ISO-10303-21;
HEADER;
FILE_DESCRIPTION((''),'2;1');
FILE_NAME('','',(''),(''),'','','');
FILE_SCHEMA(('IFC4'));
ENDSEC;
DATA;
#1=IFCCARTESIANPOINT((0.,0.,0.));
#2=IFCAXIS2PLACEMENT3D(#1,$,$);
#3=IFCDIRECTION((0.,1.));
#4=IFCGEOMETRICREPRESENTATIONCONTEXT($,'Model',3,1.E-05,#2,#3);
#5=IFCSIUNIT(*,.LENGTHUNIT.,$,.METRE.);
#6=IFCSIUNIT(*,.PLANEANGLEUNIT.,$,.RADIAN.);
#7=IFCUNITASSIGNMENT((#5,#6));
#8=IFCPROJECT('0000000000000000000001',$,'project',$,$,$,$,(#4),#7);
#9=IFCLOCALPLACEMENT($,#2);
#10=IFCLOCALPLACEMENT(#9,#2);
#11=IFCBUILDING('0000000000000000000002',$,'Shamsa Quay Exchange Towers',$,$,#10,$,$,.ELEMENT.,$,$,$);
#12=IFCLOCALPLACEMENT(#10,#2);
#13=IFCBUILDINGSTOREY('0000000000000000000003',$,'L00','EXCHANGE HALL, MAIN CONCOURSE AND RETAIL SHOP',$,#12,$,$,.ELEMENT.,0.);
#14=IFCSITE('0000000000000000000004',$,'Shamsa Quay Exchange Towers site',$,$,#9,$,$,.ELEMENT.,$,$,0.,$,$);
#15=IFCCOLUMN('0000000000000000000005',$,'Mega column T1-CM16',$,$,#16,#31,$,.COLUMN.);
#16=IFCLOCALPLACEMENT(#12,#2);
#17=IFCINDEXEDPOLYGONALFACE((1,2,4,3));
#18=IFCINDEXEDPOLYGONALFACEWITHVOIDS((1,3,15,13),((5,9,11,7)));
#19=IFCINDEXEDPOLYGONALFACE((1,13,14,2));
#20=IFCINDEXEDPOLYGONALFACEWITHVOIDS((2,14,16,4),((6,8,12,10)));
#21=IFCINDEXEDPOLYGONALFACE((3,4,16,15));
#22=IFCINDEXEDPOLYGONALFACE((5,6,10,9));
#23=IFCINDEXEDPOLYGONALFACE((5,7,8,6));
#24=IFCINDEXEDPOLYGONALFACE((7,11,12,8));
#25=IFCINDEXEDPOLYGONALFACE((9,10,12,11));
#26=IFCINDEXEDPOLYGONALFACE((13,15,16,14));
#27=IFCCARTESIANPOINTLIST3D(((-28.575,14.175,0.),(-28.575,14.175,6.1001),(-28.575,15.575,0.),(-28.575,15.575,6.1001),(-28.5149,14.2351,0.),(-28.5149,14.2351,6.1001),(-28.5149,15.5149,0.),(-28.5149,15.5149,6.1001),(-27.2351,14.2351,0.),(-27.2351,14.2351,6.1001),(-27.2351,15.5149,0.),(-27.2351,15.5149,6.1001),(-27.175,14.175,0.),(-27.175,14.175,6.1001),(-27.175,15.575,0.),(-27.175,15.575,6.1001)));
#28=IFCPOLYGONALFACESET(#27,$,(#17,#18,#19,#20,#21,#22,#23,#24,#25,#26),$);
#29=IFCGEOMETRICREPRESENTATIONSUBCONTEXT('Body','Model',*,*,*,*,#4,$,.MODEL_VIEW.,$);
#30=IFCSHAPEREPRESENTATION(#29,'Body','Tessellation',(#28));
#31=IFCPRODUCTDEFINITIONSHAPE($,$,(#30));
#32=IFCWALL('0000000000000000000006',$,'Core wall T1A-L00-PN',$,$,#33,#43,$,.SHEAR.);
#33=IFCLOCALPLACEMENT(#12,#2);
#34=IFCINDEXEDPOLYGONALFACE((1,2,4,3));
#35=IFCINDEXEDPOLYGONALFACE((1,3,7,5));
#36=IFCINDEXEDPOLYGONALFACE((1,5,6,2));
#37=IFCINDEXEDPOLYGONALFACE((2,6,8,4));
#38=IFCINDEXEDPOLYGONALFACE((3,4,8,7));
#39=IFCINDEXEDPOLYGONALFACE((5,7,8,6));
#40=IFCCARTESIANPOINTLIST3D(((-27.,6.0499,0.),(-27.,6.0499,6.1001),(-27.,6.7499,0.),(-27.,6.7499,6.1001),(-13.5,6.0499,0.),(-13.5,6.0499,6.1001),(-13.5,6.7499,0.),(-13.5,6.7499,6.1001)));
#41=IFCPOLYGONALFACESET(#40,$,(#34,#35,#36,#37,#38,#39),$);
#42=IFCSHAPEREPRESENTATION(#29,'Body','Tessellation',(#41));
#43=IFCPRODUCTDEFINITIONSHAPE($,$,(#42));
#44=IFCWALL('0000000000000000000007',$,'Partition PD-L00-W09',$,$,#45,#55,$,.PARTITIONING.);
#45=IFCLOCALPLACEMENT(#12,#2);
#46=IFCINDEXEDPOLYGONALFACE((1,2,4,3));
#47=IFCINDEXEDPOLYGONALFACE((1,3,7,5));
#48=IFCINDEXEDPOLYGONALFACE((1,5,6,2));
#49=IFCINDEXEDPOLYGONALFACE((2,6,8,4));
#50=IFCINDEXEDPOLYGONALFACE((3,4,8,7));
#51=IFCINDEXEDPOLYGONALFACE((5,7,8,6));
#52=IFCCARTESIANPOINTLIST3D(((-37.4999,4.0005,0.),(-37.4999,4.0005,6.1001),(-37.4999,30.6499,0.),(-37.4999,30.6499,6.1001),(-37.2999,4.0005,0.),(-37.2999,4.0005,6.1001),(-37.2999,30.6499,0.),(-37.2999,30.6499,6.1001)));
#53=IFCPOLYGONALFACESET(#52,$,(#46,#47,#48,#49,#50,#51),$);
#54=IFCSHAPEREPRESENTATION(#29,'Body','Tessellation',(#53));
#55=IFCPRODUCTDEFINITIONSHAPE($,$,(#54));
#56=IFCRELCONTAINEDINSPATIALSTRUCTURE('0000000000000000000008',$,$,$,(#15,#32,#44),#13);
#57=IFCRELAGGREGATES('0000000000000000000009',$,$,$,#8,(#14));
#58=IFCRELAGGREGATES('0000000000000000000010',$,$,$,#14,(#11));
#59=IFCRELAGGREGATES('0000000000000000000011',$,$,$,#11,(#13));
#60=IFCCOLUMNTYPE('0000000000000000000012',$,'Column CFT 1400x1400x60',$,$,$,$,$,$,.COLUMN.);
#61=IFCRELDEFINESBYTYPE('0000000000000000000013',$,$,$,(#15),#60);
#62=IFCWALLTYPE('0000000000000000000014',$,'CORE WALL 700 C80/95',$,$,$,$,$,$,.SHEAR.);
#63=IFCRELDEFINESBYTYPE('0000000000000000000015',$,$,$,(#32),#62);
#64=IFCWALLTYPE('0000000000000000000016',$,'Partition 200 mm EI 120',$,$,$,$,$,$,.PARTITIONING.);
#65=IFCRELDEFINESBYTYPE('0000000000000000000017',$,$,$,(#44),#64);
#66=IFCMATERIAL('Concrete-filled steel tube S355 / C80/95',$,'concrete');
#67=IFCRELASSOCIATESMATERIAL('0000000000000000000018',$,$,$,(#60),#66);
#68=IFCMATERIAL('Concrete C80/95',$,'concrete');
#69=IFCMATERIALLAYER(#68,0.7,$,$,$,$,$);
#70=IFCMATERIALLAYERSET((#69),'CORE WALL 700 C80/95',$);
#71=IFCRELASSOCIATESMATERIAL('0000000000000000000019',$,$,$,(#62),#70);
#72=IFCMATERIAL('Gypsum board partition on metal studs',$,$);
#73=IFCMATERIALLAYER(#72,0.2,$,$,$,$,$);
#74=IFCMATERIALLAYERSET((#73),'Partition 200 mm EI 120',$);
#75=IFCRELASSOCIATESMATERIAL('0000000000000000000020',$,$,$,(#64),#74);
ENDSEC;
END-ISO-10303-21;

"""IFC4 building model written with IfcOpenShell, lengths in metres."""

from ifc_helpers import new_model, si_unit, direction, frame, frame_2d, origin, origin_2d, place, context, subcontext, project, spatial, rectangle, hollow_rectangle, extrude, material, layer, layer_set, material_profile, profile_set, type_object, element, save


model = new_model("IFC4")

# Units and contexts
model_context = context("Model", 3, precision=1e-05, world=origin(), true_north=direction((0.0, 1.0)))
body_context = subcontext(model_context, "Body", "Model", "MODEL_VIEW")
ifc_project = project(units=[si_unit("LENGTHUNIT", "METRE"), si_unit("PLANEANGLEUNIT", "RADIAN")], contexts=[model_context])

# Site, building, storey
site_placement = place(None, origin())
site = spatial("IfcSite", under=ifc_project, at=site_placement, Name="Shamsa Quay Exchange Towers site", CompositionType="ELEMENT", RefElevation=0.0)
building_placement = place(site_placement, origin())
building = spatial("IfcBuilding", under=site, at=building_placement, Name="Shamsa Quay Exchange Towers", CompositionType="ELEMENT")
storey_placement = place(building_placement, origin())
storey = spatial("IfcBuildingStorey", under=building, at=storey_placement, Name="L00", Description="EXCHANGE HALL, MAIN CONCOURSE AND RETAIL SHOP", CompositionType="ELEMENT", Elevation=0.0)

# Column
ifc_material_1 = material(Name="Concrete-filled steel tube S355 / C80/95", Category="concrete")
ifc_material_profile_1 = material_profile(ifc_material_1, hollow_rectangle(XDim=1.3999, YDim=1.3999, WallThickness=0.0601, at=origin_2d()), Name="CFT 1400x1400x60")
ifc_profile_set_1 = profile_set([ifc_material_profile_1], Name="Concrete-filled steel tube S355 / C80/95")
column_type = type_object("IfcColumnType", Name="Column CFT 1400x1400x60", PredefinedType="COLUMN", material=ifc_profile_set_1)
for number, where, name in (
    (1, (-27.875, 14.875, 0.0), "Mega column T1-CM16"),
):
    element("IfcColumn", number, at=place(storey_placement, frame(where)), inside=storey, type_object=column_type, Name=name, PredefinedType="COLUMN", context=body_context, shape_type="SweptSolid", body=[
        extrude(hollow_rectangle(XDim=1.3999, YDim=1.3999, WallThickness=0.0601, at=origin_2d()), origin(), (0.0, 0.0, 1.0), 6.1001),
    ])

# Wall
ifc_material_2 = material(Name="Concrete C80/95", Category="concrete")
ifc_layer_1 = layer(ifc_material_2, 0.7)
ifc_layer_set_1 = layer_set([ifc_layer_1], Name="CORE WALL 700 C80/95")
wall_type_1 = type_object("IfcWallType", Name="CORE WALL 700 C80/95", PredefinedType="SHEAR", material=ifc_layer_set_1)
wall_1_placement = place(storey_placement, frame((-27.0, 6.3999, 0.0)))
element("IfcWall", 2, at=wall_1_placement, inside=storey, type_object=wall_type_1, Name="Core wall T1A-L00-PN", PredefinedType="SHEAR", context=body_context, shape_type="SweptSolid", body=[
    extrude(rectangle(XDim=13.5, YDim=0.7, at=frame_2d((6.75, 0.0))), origin(), (0.0, 0.0, 1.0), 6.1001),
])

# Wall
ifc_material_3 = material(Name="Gypsum board partition on metal studs")
ifc_layer_2 = layer(ifc_material_3, 0.2)
ifc_layer_set_2 = layer_set([ifc_layer_2], Name="Partition 200 mm EI 120")
wall_type_2 = type_object("IfcWallType", Name="Partition 200 mm EI 120", PredefinedType="PARTITIONING", material=ifc_layer_set_2)
wall_2_placement = place(storey_placement, frame((-37.3999, 4.0005, 0.0), z_axis=(0.0, 0.0, 1.0), x_axis=(0.0, 1.0, 0.0)))
element("IfcWall", 3, at=wall_2_placement, inside=storey, type_object=wall_type_2, Name="Partition PD-L00-W09", PredefinedType="PARTITIONING", context=body_context, shape_type="SweptSolid", body=[
    extrude(rectangle(XDim=26.6494, YDim=0.2, at=frame_2d((13.3247, 0.0))), origin(), (0.0, 0.0, 1.0), 6.1001),
])

save(model, "model.ifc")
